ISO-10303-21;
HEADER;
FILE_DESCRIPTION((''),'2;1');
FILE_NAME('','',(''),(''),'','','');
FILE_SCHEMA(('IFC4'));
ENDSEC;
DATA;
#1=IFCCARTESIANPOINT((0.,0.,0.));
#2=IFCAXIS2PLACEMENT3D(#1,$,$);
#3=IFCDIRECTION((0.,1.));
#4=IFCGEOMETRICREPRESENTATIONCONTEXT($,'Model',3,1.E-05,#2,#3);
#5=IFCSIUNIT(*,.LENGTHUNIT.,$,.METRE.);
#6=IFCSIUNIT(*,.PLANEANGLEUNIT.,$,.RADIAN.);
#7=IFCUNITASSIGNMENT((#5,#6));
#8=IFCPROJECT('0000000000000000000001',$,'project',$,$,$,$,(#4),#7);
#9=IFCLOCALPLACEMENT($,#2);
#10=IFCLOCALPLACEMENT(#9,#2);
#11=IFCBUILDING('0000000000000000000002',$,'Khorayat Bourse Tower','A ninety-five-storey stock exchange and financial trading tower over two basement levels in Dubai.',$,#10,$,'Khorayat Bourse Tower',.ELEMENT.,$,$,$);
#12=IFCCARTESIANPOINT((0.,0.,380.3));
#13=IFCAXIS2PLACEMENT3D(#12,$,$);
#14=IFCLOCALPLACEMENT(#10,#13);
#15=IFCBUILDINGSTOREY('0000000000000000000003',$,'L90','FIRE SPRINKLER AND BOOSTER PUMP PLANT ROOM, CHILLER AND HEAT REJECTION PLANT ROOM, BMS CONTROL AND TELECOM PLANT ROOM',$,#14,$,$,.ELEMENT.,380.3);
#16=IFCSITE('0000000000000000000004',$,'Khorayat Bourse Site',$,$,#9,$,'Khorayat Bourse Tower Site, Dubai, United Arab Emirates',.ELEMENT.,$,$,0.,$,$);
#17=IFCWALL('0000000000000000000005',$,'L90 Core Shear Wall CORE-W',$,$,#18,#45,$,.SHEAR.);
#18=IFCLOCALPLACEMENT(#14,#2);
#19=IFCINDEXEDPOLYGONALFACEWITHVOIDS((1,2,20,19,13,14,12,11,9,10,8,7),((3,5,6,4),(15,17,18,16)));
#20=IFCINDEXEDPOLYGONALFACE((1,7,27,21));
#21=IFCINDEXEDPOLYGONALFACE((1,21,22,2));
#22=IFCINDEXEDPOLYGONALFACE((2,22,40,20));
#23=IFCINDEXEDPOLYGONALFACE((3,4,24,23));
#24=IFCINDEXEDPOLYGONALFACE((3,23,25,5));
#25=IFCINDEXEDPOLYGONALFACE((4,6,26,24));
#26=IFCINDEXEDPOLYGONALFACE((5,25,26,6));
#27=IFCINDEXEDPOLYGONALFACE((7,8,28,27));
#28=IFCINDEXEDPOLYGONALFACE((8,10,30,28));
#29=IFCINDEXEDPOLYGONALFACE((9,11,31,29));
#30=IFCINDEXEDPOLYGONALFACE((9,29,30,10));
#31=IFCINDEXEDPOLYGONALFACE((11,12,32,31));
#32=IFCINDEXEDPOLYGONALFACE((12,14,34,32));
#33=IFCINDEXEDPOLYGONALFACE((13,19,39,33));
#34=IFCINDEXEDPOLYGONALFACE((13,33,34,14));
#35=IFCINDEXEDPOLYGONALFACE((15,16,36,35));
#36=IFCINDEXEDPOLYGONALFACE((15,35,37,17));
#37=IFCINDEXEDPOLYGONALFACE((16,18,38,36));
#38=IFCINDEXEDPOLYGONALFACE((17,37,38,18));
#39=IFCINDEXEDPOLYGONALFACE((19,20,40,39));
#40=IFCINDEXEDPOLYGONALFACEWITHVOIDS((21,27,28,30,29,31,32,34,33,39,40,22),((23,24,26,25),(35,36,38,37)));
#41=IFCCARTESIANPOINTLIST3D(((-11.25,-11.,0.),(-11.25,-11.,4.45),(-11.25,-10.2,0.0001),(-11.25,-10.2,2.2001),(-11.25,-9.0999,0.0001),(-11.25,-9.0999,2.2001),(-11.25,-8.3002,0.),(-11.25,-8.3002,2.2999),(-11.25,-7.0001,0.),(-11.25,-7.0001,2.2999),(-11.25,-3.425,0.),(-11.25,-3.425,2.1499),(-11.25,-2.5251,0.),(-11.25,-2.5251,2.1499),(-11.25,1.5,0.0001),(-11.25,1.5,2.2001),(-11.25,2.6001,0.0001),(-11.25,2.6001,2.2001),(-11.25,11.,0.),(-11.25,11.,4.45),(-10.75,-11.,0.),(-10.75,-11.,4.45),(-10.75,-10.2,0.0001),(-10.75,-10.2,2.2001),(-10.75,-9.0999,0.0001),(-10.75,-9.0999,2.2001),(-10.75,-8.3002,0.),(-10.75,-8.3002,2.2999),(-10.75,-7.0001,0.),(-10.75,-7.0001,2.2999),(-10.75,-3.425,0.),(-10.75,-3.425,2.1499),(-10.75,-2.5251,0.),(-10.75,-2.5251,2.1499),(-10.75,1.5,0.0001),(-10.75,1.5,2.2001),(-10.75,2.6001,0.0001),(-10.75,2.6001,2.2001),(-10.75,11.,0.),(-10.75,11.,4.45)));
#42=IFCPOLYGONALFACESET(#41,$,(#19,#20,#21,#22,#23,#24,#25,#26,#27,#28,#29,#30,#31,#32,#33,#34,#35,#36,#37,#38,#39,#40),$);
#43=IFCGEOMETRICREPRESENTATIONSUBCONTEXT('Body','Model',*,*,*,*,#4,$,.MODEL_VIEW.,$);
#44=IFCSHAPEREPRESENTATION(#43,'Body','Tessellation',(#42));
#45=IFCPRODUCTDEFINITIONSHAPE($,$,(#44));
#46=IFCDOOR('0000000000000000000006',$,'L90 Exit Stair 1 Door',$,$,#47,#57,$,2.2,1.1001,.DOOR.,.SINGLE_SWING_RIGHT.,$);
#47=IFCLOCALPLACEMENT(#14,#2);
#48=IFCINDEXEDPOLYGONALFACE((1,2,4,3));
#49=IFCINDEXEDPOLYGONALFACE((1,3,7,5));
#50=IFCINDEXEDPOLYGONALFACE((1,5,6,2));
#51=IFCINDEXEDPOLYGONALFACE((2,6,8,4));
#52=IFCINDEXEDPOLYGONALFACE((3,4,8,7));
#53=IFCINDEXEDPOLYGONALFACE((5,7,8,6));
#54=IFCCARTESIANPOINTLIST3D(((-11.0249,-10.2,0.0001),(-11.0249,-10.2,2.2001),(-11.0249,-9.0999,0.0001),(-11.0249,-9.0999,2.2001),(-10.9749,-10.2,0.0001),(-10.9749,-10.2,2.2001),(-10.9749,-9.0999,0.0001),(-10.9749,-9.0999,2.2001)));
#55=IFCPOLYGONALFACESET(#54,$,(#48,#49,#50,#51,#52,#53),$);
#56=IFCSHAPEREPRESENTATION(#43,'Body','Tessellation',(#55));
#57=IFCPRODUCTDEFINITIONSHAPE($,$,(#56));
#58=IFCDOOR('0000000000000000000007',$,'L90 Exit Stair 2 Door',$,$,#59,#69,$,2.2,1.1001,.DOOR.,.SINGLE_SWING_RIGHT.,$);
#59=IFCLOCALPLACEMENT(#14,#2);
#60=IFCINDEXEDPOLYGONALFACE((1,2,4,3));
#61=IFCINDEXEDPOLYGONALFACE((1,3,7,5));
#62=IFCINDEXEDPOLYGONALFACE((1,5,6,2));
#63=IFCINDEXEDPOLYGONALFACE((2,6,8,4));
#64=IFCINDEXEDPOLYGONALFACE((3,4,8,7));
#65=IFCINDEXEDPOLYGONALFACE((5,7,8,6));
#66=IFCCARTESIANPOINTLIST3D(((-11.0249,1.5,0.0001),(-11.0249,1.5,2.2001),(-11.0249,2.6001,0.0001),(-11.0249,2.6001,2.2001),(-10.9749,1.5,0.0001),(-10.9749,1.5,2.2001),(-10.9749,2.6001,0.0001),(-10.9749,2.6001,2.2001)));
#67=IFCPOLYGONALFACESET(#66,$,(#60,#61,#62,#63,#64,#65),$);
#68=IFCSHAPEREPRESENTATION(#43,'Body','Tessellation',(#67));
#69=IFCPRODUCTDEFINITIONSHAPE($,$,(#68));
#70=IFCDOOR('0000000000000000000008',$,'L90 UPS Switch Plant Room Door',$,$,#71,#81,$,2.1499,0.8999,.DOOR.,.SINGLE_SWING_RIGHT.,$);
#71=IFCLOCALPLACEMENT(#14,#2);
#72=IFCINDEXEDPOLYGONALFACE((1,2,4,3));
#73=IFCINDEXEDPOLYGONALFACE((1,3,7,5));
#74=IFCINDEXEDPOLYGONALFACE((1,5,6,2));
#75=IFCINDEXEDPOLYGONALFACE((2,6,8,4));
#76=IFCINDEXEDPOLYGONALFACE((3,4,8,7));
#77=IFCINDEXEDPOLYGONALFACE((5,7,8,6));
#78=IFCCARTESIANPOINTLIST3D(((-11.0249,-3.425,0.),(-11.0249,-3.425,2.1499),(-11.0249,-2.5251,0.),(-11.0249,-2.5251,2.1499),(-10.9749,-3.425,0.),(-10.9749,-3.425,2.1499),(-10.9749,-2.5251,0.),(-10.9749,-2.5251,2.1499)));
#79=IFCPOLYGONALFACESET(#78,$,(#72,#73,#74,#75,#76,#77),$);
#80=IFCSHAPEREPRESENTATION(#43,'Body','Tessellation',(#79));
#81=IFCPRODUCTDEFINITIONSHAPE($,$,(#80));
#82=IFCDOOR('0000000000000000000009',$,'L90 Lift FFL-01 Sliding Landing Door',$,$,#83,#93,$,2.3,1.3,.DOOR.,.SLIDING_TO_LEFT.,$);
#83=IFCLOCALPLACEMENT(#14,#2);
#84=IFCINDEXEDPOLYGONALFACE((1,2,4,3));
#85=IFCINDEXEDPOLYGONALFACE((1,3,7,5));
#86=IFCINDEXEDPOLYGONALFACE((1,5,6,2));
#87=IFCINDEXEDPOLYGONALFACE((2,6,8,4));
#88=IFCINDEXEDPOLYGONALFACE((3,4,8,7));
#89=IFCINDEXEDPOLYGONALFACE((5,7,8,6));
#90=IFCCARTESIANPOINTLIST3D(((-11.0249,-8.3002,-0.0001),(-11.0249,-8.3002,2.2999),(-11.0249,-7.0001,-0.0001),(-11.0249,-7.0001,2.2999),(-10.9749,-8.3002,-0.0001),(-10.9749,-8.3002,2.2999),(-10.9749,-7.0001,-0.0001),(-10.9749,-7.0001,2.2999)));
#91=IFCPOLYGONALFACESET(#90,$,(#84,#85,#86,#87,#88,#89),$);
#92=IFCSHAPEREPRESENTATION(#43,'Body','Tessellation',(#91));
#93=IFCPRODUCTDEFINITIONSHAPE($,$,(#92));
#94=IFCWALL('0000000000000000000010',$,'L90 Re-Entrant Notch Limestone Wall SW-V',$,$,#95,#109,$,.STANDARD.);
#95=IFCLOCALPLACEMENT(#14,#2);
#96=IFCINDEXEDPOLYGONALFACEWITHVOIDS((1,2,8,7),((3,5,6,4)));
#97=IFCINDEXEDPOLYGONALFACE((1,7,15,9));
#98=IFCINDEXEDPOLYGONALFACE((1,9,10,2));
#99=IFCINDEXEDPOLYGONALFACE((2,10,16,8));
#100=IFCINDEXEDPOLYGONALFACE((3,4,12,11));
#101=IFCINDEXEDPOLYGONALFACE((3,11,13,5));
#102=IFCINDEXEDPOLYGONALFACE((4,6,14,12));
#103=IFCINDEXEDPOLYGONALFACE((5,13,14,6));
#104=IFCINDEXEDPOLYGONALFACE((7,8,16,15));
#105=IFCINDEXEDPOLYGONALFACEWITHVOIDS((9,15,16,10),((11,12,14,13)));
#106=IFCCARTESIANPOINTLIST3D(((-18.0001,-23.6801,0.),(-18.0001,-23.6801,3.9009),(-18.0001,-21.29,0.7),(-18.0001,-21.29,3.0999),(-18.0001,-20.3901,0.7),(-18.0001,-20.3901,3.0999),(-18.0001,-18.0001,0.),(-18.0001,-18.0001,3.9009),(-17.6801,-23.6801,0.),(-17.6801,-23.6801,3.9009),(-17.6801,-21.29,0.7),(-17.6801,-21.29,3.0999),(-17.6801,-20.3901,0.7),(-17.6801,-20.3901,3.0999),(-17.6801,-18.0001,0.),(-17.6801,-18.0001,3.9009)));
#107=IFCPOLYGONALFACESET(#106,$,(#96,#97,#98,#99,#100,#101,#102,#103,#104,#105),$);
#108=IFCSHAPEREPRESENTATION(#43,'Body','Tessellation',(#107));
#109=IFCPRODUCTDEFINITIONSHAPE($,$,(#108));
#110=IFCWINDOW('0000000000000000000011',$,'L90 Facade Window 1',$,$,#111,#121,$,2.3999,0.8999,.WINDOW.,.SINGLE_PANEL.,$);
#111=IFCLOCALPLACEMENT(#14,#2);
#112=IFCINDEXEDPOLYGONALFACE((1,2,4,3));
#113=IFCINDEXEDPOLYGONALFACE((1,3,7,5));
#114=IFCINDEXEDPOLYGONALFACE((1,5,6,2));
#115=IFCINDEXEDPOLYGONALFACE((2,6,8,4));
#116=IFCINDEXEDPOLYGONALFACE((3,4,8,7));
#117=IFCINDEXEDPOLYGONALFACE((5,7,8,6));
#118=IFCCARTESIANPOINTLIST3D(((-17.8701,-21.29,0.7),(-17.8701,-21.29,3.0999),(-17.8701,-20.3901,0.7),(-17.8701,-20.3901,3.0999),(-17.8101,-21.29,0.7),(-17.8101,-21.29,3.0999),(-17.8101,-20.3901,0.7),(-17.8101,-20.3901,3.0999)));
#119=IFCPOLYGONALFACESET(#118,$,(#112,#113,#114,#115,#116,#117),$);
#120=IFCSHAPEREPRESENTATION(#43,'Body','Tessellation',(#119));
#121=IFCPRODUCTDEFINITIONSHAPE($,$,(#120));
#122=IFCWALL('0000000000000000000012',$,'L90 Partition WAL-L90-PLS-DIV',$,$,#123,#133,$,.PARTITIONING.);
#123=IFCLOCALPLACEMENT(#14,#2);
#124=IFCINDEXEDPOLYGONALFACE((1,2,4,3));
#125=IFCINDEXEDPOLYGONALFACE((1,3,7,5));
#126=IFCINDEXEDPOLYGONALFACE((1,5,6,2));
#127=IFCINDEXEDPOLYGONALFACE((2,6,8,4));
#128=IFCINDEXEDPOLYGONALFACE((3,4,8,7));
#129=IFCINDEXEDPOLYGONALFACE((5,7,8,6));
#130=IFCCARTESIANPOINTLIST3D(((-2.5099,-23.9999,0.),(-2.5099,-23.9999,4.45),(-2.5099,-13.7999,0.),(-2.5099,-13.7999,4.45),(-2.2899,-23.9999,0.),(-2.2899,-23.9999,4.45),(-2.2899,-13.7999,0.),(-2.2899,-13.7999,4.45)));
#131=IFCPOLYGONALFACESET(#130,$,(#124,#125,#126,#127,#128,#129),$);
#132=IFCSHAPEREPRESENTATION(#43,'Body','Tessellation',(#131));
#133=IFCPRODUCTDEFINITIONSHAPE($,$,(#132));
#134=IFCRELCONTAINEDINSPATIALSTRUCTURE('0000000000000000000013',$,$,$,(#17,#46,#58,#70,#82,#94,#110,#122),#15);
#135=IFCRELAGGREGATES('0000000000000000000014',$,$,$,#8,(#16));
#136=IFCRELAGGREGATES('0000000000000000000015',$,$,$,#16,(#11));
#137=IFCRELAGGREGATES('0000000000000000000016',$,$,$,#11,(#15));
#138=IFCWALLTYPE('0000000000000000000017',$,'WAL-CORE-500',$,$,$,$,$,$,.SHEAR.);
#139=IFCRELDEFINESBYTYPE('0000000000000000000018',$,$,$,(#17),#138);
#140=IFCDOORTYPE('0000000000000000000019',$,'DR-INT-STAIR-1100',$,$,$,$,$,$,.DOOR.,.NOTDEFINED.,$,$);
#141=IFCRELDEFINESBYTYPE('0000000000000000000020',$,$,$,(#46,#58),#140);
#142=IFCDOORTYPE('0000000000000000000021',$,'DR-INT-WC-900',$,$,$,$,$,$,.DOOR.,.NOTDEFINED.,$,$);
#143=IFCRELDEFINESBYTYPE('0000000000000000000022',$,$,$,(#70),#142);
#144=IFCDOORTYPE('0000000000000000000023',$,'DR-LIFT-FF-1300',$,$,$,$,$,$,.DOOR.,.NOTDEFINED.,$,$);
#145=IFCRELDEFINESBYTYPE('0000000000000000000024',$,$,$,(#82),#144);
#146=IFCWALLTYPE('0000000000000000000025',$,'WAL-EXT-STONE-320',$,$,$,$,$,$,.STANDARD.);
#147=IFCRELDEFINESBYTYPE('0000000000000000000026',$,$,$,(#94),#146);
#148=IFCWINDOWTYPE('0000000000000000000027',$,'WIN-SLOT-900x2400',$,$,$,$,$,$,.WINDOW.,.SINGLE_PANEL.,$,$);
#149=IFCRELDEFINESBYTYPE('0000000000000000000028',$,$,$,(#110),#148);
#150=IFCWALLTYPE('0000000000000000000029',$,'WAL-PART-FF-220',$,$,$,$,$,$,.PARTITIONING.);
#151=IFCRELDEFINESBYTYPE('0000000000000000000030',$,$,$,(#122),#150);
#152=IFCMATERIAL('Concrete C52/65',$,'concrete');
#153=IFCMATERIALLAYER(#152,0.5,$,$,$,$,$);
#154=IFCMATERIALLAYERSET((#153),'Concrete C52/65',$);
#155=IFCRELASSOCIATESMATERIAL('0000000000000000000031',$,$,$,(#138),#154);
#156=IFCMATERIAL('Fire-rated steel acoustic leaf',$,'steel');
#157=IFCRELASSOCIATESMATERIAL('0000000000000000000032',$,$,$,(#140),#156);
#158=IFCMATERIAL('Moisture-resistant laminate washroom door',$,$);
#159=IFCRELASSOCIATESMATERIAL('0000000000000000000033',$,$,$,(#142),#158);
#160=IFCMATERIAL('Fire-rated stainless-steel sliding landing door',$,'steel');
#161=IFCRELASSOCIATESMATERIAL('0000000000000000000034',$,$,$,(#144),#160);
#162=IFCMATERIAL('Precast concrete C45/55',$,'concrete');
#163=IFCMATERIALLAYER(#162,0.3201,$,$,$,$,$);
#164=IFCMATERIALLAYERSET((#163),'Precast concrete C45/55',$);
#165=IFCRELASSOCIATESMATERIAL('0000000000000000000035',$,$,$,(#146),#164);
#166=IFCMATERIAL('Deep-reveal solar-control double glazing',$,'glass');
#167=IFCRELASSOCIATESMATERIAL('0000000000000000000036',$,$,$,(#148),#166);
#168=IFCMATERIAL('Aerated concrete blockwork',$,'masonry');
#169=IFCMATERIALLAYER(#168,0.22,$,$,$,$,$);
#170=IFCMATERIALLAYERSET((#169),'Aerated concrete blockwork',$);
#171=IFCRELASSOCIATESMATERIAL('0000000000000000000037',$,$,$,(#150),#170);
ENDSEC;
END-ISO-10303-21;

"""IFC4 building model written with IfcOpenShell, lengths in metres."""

from ifc_helpers import new_model, si_unit, direction, frame, frame_2d, origin, place, context, subcontext, project, spatial, rectangle, extrude, source, transform, mapped, material, layer, layer_set, type_object, element, fill, save


model = new_model("IFC4")

# Units and contexts
model_context = context("Model", 3, precision=1e-05, world=origin(), true_north=direction((0.0, 1.0)))
body_context = subcontext(model_context, "Body", "Model", "MODEL_VIEW")
ifc_project = project(units=[si_unit("LENGTHUNIT", "METRE"), si_unit("PLANEANGLEUNIT", "RADIAN")], contexts=[model_context])

# Site, building, storey
site_placement = place(None, origin())
site = spatial("IfcSite", under=ifc_project, at=site_placement, Name="Khorayat Bourse Site", LongName="Khorayat Bourse Tower Site, Dubai, United Arab Emirates", CompositionType="ELEMENT", RefElevation=0.0)
building_placement = place(site_placement, origin())
building = spatial("IfcBuilding", under=site, at=building_placement, Name="Khorayat Bourse Tower", Description="A ninety-five-storey stock exchange and financial trading tower over two basement levels in Dubai.", LongName="Khorayat Bourse Tower", CompositionType="ELEMENT")
storey_placement = place(building_placement, frame((0.0, 0.0, 380.3)))
storey = spatial("IfcBuildingStorey", under=building, at=storey_placement, Name="L90", Description="FIRE SPRINKLER AND BOOSTER PUMP PLANT ROOM, CHILLER AND HEAT REJECTION PLANT ROOM, BMS CONTROL AND TELECOM PLANT ROOM", CompositionType="ELEMENT", Elevation=380.3)

# Shared definitions
ifc_material_1 = material(Name="Concrete C52/65", Category="concrete")

# Wall, openings, doors
ifc_layer_1 = layer(ifc_material_1, 0.5)
ifc_layer_set_1 = layer_set([ifc_layer_1], Name="Concrete C52/65")
wall_type_1 = type_object("IfcWallType", Name="WAL-CORE-500", PredefinedType="SHEAR", material=ifc_layer_set_1)
shared_shape_1 = source(origin(), body_context, "Body", "SweptSolid", [
    extrude(rectangle(XDim=22.0, YDim=0.5, at=frame_2d((11.0, 0.0))), origin(), (0.0, 0.0, 1.0), 4.45),
])
wall_1_placement = place(storey_placement, frame((-11.0, -11.0, 0.0), z_axis=(0.0, 0.0, 1.0), x_axis=(0.0, 1.0, 0.0)))
wall_1 = element("IfcWall", 1, at=wall_1_placement, inside=storey, type_object=wall_type_1, Name="L90 Core Shear Wall CORE-W", PredefinedType="SHEAR", context=body_context, shape_type="MappedRepresentation", body=[
    mapped(shared_shape_1, transform((0.0, 0.0, 0.0), scale=1.0)),
])
shared_shape_2 = source(origin(), body_context, "Body", "SweptSolid", [
    extrude(rectangle(XDim=1.1001, YDim=2.2, at=frame_2d((0.55, 1.1001))), frame((0.0, 0.26, 0.0), z_axis=(0.0, -1.0, 0.0), x_axis=(1.0, 0.0, 0.0)), (0.0, 0.0, 1.0), 0.52),
])
opening_1_placement = place(wall_1_placement, frame((0.8, 0.0, 0.0)))
opening_1 = element("IfcOpeningElement", 2, at=opening_1_placement, cuts=wall_1, PredefinedType="OPENING", context=body_context, shape_type="MappedRepresentation", body=[
    mapped(shared_shape_2, transform((0.0, 0.0, 0.0), scale=1.0)),
])
opening_2_placement = place(wall_1_placement, frame((12.5, 0.0, 0.0)))
opening_2 = element("IfcOpeningElement", 3, at=opening_2_placement, cuts=wall_1, PredefinedType="OPENING", context=body_context, shape_type="MappedRepresentation", body=[
    mapped(shared_shape_2, transform((0.0, 0.0, 0.0), scale=1.0)),
])
shared_shape_3 = source(origin(), body_context, "Body", "SweptSolid", [
    extrude(rectangle(XDim=0.8999, YDim=2.1499, at=frame_2d((0.45, 1.075))), frame((0.0, 0.26, 0.0), z_axis=(0.0, -1.0, 0.0), x_axis=(1.0, 0.0, 0.0)), (0.0, 0.0, 1.0), 0.52),
])
opening_3_placement = place(wall_1_placement, frame((7.575, 0.0, 0.0)))
opening_3 = element("IfcOpeningElement", 4, at=opening_3_placement, cuts=wall_1, PredefinedType="OPENING", context=body_context, shape_type="MappedRepresentation", body=[
    mapped(shared_shape_3, transform((0.0, 0.0, 0.0), scale=1.0)),
])
shared_shape_4 = source(origin(), body_context, "Body", "SweptSolid", [
    extrude(rectangle(XDim=1.3, YDim=2.3, at=frame_2d((0.6499, 1.1499))), frame((0.0, 0.26, 0.0), z_axis=(0.0, -1.0, 0.0), x_axis=(1.0, 0.0, 0.0)), (0.0, 0.0, 1.0), 0.52),
])
opening_4_placement = place(wall_1_placement, frame((2.7, 0.0, 0.0)))
opening_4 = element("IfcOpeningElement", 5, at=opening_4_placement, cuts=wall_1, PredefinedType="OPENING", context=body_context, shape_type="MappedRepresentation", body=[
    mapped(shared_shape_4, transform((0.0, 0.0, 0.0), scale=1.0)),
])
ifc_material_2 = material(Name="Fire-rated steel acoustic leaf", Category="steel")
door_type_1 = type_object("IfcDoorType", Name="DR-INT-STAIR-1100", OperationType="NOTDEFINED", PredefinedType="DOOR", material=ifc_material_2)
shared_shape_5 = source(origin(), body_context, "Body", "SweptSolid", [
    extrude(rectangle(XDim=1.1001, YDim=2.2, at=frame_2d((0.55, 1.1001))), frame((0.0, 0.0249, 0.0), z_axis=(0.0, -1.0, 0.0), x_axis=(1.0, 0.0, 0.0)), (0.0, 0.0, 1.0), 0.05),
])
door_1_placement = place(opening_1_placement, origin())
door_1 = element("IfcDoor", 6, at=door_1_placement, inside=storey, type_object=door_type_1, Name="L90 Exit Stair 1 Door", OperationType="SINGLE_SWING_RIGHT", OverallHeight=2.2, OverallWidth=1.1001, PredefinedType="DOOR", context=body_context, shape_type="MappedRepresentation", body=[
    mapped(shared_shape_5, transform((0.0, 0.0, 0.0), scale=1.0)),
])
fill(opening_1, door_1)
door_2_placement = place(opening_2_placement, origin())
door_2 = element("IfcDoor", 7, at=door_2_placement, inside=storey, type_object=door_type_1, Name="L90 Exit Stair 2 Door", OperationType="SINGLE_SWING_RIGHT", OverallHeight=2.2, OverallWidth=1.1001, PredefinedType="DOOR", context=body_context, shape_type="MappedRepresentation", body=[
    mapped(shared_shape_5, transform((0.0, 0.0, 0.0), scale=1.0)),
])
fill(opening_2, door_2)
ifc_material_3 = material(Name="Moisture-resistant laminate washroom door")
door_type_2 = type_object("IfcDoorType", Name="DR-INT-WC-900", OperationType="NOTDEFINED", PredefinedType="DOOR", material=ifc_material_3)
shared_shape_6 = source(origin(), body_context, "Body", "SweptSolid", [
    extrude(rectangle(XDim=0.8999, YDim=2.1499, at=frame_2d((0.45, 1.075))), frame((0.0, 0.0249, 0.0), z_axis=(0.0, -1.0, 0.0), x_axis=(1.0, 0.0, 0.0)), (0.0, 0.0, 1.0), 0.05),
])
door_3_placement = place(opening_3_placement, origin())
door_3 = element("IfcDoor", 8, at=door_3_placement, inside=storey, type_object=door_type_2, Name="L90 UPS Switch Plant Room Door", OperationType="SINGLE_SWING_RIGHT", OverallHeight=2.1499, OverallWidth=0.8999, PredefinedType="DOOR", context=body_context, shape_type="MappedRepresentation", body=[
    mapped(shared_shape_6, transform((0.0, 0.0, 0.0), scale=1.0)),
])
fill(opening_3, door_3)
ifc_material_4 = material(Name="Fire-rated stainless-steel sliding landing door", Category="steel")
door_type_3 = type_object("IfcDoorType", Name="DR-LIFT-FF-1300", OperationType="NOTDEFINED", PredefinedType="DOOR", material=ifc_material_4)
shared_shape_7 = source(origin(), body_context, "Body", "SweptSolid", [
    extrude(rectangle(XDim=1.3, YDim=2.3, at=frame_2d((0.6499, 1.1499))), frame((0.0, 0.0249, 0.0), z_axis=(0.0, -1.0, 0.0), x_axis=(1.0, 0.0, 0.0)), (0.0, 0.0, 1.0), 0.05),
])
door_4_placement = place(opening_4_placement, origin())
door_4 = element("IfcDoor", 9, at=door_4_placement, inside=storey, type_object=door_type_3, Name="L90 Lift FFL-01 Sliding Landing Door", OperationType="SLIDING_TO_LEFT", OverallHeight=2.3, OverallWidth=1.3, PredefinedType="DOOR", context=body_context, shape_type="MappedRepresentation", body=[
    mapped(shared_shape_7, transform((0.0, 0.0, 0.0), scale=1.0)),
])
fill(opening_4, door_4)

# Wall, opening, window
ifc_material_5 = material(Name="Precast concrete C45/55", Category="concrete")
ifc_layer_2 = layer(ifc_material_5, 0.3201)
ifc_layer_set_2 = layer_set([ifc_layer_2], Name="Precast concrete C45/55")
wall_type_2 = type_object("IfcWallType", Name="WAL-EXT-STONE-320", PredefinedType="STANDARD", material=ifc_layer_set_2)
shared_shape_8 = source(origin(), body_context, "Body", "SweptSolid", [
    extrude(rectangle(XDim=5.6799, YDim=0.3201, at=frame_2d((2.8398, 0.0))), origin(), (0.0, 0.0, 1.0), 3.9009),
])
wall_2_placement = place(storey_placement, frame((-17.8401, -23.6799, 0.0), z_axis=(0.0, 0.0, 1.0), x_axis=(0.0, 1.0, 0.0)))
wall_2 = element("IfcWall", 10, at=wall_2_placement, inside=storey, type_object=wall_type_2, Name="L90 Re-Entrant Notch Limestone Wall SW-V", PredefinedType="STANDARD", context=body_context, shape_type="MappedRepresentation", body=[
    mapped(shared_shape_8, transform((0.0, 0.0, 0.0), scale=1.0)),
])
shared_shape_9 = source(origin(), body_context, "Body", "SweptSolid", [
    extrude(rectangle(XDim=0.8999, YDim=2.3999, at=frame_2d((0.45, 1.2))), frame((0.0, 0.1699, 0.0), z_axis=(0.0, -1.0, 0.0), x_axis=(1.0, 0.0, 0.0)), (0.0, 0.0, 1.0), 0.3401),
])
opening_5_placement = place(wall_2_placement, frame((2.3899, 0.0, 0.7)))
opening_5 = element("IfcOpeningElement", 11, at=opening_5_placement, cuts=wall_2, PredefinedType="OPENING", context=body_context, shape_type="MappedRepresentation", body=[
    mapped(shared_shape_9, transform((0.0, 0.0, 0.0), scale=1.0)),
])
ifc_material_6 = material(Name="Deep-reveal solar-control double glazing", Category="glass")
window_type = type_object("IfcWindowType", Name="WIN-SLOT-900x2400", PartitioningType="SINGLE_PANEL", PredefinedType="WINDOW", material=ifc_material_6)
shared_shape_10 = source(origin(), body_context, "Body", "SweptSolid", [
    extrude(rectangle(XDim=0.8999, YDim=2.3999, at=frame_2d((0.45, 1.2))), frame((0.0, 0.03, 0.0), z_axis=(0.0, -1.0, 0.0), x_axis=(1.0, 0.0, 0.0)), (0.0, 0.0, 1.0), 0.0601),
])
window_placement = place(opening_5_placement, origin())
window = element("IfcWindow", 12, at=window_placement, inside=storey, type_object=window_type, Name="L90 Facade Window 1", OverallHeight=2.3999, OverallWidth=0.8999, PartitioningType="SINGLE_PANEL", PredefinedType="WINDOW", context=body_context, shape_type="MappedRepresentation", body=[
    mapped(shared_shape_10, transform((0.0, 0.0, 0.0), scale=1.0)),
])
fill(opening_5, window)

# Wall
ifc_material_7 = material(Name="Aerated concrete blockwork", Category="masonry")
ifc_layer_3 = layer(ifc_material_7, 0.22)
ifc_layer_set_3 = layer_set([ifc_layer_3], Name="Aerated concrete blockwork")
wall_type_3 = type_object("IfcWallType", Name="WAL-PART-FF-220", PredefinedType="PARTITIONING", material=ifc_layer_set_3)
shared_shape_11 = source(origin(), body_context, "Body", "SweptSolid", [
    extrude(rectangle(XDim=10.2, YDim=0.22, at=frame_2d((5.1001, 0.0))), origin(), (0.0, 0.0, 1.0), 4.45),
])
wall_3_placement = place(storey_placement, frame((-2.3999, -24.0, 0.0), z_axis=(0.0, 0.0, 1.0), x_axis=(0.0, 1.0, 0.0)))
element("IfcWall", 13, at=wall_3_placement, inside=storey, type_object=wall_type_3, Name="L90 Partition WAL-L90-PLS-DIV", PredefinedType="PARTITIONING", context=body_context, shape_type="MappedRepresentation", body=[
    mapped(shared_shape_11, transform((0.0, 0.0, 0.0), scale=1.0)),
])

save(model, "model.ifc")
